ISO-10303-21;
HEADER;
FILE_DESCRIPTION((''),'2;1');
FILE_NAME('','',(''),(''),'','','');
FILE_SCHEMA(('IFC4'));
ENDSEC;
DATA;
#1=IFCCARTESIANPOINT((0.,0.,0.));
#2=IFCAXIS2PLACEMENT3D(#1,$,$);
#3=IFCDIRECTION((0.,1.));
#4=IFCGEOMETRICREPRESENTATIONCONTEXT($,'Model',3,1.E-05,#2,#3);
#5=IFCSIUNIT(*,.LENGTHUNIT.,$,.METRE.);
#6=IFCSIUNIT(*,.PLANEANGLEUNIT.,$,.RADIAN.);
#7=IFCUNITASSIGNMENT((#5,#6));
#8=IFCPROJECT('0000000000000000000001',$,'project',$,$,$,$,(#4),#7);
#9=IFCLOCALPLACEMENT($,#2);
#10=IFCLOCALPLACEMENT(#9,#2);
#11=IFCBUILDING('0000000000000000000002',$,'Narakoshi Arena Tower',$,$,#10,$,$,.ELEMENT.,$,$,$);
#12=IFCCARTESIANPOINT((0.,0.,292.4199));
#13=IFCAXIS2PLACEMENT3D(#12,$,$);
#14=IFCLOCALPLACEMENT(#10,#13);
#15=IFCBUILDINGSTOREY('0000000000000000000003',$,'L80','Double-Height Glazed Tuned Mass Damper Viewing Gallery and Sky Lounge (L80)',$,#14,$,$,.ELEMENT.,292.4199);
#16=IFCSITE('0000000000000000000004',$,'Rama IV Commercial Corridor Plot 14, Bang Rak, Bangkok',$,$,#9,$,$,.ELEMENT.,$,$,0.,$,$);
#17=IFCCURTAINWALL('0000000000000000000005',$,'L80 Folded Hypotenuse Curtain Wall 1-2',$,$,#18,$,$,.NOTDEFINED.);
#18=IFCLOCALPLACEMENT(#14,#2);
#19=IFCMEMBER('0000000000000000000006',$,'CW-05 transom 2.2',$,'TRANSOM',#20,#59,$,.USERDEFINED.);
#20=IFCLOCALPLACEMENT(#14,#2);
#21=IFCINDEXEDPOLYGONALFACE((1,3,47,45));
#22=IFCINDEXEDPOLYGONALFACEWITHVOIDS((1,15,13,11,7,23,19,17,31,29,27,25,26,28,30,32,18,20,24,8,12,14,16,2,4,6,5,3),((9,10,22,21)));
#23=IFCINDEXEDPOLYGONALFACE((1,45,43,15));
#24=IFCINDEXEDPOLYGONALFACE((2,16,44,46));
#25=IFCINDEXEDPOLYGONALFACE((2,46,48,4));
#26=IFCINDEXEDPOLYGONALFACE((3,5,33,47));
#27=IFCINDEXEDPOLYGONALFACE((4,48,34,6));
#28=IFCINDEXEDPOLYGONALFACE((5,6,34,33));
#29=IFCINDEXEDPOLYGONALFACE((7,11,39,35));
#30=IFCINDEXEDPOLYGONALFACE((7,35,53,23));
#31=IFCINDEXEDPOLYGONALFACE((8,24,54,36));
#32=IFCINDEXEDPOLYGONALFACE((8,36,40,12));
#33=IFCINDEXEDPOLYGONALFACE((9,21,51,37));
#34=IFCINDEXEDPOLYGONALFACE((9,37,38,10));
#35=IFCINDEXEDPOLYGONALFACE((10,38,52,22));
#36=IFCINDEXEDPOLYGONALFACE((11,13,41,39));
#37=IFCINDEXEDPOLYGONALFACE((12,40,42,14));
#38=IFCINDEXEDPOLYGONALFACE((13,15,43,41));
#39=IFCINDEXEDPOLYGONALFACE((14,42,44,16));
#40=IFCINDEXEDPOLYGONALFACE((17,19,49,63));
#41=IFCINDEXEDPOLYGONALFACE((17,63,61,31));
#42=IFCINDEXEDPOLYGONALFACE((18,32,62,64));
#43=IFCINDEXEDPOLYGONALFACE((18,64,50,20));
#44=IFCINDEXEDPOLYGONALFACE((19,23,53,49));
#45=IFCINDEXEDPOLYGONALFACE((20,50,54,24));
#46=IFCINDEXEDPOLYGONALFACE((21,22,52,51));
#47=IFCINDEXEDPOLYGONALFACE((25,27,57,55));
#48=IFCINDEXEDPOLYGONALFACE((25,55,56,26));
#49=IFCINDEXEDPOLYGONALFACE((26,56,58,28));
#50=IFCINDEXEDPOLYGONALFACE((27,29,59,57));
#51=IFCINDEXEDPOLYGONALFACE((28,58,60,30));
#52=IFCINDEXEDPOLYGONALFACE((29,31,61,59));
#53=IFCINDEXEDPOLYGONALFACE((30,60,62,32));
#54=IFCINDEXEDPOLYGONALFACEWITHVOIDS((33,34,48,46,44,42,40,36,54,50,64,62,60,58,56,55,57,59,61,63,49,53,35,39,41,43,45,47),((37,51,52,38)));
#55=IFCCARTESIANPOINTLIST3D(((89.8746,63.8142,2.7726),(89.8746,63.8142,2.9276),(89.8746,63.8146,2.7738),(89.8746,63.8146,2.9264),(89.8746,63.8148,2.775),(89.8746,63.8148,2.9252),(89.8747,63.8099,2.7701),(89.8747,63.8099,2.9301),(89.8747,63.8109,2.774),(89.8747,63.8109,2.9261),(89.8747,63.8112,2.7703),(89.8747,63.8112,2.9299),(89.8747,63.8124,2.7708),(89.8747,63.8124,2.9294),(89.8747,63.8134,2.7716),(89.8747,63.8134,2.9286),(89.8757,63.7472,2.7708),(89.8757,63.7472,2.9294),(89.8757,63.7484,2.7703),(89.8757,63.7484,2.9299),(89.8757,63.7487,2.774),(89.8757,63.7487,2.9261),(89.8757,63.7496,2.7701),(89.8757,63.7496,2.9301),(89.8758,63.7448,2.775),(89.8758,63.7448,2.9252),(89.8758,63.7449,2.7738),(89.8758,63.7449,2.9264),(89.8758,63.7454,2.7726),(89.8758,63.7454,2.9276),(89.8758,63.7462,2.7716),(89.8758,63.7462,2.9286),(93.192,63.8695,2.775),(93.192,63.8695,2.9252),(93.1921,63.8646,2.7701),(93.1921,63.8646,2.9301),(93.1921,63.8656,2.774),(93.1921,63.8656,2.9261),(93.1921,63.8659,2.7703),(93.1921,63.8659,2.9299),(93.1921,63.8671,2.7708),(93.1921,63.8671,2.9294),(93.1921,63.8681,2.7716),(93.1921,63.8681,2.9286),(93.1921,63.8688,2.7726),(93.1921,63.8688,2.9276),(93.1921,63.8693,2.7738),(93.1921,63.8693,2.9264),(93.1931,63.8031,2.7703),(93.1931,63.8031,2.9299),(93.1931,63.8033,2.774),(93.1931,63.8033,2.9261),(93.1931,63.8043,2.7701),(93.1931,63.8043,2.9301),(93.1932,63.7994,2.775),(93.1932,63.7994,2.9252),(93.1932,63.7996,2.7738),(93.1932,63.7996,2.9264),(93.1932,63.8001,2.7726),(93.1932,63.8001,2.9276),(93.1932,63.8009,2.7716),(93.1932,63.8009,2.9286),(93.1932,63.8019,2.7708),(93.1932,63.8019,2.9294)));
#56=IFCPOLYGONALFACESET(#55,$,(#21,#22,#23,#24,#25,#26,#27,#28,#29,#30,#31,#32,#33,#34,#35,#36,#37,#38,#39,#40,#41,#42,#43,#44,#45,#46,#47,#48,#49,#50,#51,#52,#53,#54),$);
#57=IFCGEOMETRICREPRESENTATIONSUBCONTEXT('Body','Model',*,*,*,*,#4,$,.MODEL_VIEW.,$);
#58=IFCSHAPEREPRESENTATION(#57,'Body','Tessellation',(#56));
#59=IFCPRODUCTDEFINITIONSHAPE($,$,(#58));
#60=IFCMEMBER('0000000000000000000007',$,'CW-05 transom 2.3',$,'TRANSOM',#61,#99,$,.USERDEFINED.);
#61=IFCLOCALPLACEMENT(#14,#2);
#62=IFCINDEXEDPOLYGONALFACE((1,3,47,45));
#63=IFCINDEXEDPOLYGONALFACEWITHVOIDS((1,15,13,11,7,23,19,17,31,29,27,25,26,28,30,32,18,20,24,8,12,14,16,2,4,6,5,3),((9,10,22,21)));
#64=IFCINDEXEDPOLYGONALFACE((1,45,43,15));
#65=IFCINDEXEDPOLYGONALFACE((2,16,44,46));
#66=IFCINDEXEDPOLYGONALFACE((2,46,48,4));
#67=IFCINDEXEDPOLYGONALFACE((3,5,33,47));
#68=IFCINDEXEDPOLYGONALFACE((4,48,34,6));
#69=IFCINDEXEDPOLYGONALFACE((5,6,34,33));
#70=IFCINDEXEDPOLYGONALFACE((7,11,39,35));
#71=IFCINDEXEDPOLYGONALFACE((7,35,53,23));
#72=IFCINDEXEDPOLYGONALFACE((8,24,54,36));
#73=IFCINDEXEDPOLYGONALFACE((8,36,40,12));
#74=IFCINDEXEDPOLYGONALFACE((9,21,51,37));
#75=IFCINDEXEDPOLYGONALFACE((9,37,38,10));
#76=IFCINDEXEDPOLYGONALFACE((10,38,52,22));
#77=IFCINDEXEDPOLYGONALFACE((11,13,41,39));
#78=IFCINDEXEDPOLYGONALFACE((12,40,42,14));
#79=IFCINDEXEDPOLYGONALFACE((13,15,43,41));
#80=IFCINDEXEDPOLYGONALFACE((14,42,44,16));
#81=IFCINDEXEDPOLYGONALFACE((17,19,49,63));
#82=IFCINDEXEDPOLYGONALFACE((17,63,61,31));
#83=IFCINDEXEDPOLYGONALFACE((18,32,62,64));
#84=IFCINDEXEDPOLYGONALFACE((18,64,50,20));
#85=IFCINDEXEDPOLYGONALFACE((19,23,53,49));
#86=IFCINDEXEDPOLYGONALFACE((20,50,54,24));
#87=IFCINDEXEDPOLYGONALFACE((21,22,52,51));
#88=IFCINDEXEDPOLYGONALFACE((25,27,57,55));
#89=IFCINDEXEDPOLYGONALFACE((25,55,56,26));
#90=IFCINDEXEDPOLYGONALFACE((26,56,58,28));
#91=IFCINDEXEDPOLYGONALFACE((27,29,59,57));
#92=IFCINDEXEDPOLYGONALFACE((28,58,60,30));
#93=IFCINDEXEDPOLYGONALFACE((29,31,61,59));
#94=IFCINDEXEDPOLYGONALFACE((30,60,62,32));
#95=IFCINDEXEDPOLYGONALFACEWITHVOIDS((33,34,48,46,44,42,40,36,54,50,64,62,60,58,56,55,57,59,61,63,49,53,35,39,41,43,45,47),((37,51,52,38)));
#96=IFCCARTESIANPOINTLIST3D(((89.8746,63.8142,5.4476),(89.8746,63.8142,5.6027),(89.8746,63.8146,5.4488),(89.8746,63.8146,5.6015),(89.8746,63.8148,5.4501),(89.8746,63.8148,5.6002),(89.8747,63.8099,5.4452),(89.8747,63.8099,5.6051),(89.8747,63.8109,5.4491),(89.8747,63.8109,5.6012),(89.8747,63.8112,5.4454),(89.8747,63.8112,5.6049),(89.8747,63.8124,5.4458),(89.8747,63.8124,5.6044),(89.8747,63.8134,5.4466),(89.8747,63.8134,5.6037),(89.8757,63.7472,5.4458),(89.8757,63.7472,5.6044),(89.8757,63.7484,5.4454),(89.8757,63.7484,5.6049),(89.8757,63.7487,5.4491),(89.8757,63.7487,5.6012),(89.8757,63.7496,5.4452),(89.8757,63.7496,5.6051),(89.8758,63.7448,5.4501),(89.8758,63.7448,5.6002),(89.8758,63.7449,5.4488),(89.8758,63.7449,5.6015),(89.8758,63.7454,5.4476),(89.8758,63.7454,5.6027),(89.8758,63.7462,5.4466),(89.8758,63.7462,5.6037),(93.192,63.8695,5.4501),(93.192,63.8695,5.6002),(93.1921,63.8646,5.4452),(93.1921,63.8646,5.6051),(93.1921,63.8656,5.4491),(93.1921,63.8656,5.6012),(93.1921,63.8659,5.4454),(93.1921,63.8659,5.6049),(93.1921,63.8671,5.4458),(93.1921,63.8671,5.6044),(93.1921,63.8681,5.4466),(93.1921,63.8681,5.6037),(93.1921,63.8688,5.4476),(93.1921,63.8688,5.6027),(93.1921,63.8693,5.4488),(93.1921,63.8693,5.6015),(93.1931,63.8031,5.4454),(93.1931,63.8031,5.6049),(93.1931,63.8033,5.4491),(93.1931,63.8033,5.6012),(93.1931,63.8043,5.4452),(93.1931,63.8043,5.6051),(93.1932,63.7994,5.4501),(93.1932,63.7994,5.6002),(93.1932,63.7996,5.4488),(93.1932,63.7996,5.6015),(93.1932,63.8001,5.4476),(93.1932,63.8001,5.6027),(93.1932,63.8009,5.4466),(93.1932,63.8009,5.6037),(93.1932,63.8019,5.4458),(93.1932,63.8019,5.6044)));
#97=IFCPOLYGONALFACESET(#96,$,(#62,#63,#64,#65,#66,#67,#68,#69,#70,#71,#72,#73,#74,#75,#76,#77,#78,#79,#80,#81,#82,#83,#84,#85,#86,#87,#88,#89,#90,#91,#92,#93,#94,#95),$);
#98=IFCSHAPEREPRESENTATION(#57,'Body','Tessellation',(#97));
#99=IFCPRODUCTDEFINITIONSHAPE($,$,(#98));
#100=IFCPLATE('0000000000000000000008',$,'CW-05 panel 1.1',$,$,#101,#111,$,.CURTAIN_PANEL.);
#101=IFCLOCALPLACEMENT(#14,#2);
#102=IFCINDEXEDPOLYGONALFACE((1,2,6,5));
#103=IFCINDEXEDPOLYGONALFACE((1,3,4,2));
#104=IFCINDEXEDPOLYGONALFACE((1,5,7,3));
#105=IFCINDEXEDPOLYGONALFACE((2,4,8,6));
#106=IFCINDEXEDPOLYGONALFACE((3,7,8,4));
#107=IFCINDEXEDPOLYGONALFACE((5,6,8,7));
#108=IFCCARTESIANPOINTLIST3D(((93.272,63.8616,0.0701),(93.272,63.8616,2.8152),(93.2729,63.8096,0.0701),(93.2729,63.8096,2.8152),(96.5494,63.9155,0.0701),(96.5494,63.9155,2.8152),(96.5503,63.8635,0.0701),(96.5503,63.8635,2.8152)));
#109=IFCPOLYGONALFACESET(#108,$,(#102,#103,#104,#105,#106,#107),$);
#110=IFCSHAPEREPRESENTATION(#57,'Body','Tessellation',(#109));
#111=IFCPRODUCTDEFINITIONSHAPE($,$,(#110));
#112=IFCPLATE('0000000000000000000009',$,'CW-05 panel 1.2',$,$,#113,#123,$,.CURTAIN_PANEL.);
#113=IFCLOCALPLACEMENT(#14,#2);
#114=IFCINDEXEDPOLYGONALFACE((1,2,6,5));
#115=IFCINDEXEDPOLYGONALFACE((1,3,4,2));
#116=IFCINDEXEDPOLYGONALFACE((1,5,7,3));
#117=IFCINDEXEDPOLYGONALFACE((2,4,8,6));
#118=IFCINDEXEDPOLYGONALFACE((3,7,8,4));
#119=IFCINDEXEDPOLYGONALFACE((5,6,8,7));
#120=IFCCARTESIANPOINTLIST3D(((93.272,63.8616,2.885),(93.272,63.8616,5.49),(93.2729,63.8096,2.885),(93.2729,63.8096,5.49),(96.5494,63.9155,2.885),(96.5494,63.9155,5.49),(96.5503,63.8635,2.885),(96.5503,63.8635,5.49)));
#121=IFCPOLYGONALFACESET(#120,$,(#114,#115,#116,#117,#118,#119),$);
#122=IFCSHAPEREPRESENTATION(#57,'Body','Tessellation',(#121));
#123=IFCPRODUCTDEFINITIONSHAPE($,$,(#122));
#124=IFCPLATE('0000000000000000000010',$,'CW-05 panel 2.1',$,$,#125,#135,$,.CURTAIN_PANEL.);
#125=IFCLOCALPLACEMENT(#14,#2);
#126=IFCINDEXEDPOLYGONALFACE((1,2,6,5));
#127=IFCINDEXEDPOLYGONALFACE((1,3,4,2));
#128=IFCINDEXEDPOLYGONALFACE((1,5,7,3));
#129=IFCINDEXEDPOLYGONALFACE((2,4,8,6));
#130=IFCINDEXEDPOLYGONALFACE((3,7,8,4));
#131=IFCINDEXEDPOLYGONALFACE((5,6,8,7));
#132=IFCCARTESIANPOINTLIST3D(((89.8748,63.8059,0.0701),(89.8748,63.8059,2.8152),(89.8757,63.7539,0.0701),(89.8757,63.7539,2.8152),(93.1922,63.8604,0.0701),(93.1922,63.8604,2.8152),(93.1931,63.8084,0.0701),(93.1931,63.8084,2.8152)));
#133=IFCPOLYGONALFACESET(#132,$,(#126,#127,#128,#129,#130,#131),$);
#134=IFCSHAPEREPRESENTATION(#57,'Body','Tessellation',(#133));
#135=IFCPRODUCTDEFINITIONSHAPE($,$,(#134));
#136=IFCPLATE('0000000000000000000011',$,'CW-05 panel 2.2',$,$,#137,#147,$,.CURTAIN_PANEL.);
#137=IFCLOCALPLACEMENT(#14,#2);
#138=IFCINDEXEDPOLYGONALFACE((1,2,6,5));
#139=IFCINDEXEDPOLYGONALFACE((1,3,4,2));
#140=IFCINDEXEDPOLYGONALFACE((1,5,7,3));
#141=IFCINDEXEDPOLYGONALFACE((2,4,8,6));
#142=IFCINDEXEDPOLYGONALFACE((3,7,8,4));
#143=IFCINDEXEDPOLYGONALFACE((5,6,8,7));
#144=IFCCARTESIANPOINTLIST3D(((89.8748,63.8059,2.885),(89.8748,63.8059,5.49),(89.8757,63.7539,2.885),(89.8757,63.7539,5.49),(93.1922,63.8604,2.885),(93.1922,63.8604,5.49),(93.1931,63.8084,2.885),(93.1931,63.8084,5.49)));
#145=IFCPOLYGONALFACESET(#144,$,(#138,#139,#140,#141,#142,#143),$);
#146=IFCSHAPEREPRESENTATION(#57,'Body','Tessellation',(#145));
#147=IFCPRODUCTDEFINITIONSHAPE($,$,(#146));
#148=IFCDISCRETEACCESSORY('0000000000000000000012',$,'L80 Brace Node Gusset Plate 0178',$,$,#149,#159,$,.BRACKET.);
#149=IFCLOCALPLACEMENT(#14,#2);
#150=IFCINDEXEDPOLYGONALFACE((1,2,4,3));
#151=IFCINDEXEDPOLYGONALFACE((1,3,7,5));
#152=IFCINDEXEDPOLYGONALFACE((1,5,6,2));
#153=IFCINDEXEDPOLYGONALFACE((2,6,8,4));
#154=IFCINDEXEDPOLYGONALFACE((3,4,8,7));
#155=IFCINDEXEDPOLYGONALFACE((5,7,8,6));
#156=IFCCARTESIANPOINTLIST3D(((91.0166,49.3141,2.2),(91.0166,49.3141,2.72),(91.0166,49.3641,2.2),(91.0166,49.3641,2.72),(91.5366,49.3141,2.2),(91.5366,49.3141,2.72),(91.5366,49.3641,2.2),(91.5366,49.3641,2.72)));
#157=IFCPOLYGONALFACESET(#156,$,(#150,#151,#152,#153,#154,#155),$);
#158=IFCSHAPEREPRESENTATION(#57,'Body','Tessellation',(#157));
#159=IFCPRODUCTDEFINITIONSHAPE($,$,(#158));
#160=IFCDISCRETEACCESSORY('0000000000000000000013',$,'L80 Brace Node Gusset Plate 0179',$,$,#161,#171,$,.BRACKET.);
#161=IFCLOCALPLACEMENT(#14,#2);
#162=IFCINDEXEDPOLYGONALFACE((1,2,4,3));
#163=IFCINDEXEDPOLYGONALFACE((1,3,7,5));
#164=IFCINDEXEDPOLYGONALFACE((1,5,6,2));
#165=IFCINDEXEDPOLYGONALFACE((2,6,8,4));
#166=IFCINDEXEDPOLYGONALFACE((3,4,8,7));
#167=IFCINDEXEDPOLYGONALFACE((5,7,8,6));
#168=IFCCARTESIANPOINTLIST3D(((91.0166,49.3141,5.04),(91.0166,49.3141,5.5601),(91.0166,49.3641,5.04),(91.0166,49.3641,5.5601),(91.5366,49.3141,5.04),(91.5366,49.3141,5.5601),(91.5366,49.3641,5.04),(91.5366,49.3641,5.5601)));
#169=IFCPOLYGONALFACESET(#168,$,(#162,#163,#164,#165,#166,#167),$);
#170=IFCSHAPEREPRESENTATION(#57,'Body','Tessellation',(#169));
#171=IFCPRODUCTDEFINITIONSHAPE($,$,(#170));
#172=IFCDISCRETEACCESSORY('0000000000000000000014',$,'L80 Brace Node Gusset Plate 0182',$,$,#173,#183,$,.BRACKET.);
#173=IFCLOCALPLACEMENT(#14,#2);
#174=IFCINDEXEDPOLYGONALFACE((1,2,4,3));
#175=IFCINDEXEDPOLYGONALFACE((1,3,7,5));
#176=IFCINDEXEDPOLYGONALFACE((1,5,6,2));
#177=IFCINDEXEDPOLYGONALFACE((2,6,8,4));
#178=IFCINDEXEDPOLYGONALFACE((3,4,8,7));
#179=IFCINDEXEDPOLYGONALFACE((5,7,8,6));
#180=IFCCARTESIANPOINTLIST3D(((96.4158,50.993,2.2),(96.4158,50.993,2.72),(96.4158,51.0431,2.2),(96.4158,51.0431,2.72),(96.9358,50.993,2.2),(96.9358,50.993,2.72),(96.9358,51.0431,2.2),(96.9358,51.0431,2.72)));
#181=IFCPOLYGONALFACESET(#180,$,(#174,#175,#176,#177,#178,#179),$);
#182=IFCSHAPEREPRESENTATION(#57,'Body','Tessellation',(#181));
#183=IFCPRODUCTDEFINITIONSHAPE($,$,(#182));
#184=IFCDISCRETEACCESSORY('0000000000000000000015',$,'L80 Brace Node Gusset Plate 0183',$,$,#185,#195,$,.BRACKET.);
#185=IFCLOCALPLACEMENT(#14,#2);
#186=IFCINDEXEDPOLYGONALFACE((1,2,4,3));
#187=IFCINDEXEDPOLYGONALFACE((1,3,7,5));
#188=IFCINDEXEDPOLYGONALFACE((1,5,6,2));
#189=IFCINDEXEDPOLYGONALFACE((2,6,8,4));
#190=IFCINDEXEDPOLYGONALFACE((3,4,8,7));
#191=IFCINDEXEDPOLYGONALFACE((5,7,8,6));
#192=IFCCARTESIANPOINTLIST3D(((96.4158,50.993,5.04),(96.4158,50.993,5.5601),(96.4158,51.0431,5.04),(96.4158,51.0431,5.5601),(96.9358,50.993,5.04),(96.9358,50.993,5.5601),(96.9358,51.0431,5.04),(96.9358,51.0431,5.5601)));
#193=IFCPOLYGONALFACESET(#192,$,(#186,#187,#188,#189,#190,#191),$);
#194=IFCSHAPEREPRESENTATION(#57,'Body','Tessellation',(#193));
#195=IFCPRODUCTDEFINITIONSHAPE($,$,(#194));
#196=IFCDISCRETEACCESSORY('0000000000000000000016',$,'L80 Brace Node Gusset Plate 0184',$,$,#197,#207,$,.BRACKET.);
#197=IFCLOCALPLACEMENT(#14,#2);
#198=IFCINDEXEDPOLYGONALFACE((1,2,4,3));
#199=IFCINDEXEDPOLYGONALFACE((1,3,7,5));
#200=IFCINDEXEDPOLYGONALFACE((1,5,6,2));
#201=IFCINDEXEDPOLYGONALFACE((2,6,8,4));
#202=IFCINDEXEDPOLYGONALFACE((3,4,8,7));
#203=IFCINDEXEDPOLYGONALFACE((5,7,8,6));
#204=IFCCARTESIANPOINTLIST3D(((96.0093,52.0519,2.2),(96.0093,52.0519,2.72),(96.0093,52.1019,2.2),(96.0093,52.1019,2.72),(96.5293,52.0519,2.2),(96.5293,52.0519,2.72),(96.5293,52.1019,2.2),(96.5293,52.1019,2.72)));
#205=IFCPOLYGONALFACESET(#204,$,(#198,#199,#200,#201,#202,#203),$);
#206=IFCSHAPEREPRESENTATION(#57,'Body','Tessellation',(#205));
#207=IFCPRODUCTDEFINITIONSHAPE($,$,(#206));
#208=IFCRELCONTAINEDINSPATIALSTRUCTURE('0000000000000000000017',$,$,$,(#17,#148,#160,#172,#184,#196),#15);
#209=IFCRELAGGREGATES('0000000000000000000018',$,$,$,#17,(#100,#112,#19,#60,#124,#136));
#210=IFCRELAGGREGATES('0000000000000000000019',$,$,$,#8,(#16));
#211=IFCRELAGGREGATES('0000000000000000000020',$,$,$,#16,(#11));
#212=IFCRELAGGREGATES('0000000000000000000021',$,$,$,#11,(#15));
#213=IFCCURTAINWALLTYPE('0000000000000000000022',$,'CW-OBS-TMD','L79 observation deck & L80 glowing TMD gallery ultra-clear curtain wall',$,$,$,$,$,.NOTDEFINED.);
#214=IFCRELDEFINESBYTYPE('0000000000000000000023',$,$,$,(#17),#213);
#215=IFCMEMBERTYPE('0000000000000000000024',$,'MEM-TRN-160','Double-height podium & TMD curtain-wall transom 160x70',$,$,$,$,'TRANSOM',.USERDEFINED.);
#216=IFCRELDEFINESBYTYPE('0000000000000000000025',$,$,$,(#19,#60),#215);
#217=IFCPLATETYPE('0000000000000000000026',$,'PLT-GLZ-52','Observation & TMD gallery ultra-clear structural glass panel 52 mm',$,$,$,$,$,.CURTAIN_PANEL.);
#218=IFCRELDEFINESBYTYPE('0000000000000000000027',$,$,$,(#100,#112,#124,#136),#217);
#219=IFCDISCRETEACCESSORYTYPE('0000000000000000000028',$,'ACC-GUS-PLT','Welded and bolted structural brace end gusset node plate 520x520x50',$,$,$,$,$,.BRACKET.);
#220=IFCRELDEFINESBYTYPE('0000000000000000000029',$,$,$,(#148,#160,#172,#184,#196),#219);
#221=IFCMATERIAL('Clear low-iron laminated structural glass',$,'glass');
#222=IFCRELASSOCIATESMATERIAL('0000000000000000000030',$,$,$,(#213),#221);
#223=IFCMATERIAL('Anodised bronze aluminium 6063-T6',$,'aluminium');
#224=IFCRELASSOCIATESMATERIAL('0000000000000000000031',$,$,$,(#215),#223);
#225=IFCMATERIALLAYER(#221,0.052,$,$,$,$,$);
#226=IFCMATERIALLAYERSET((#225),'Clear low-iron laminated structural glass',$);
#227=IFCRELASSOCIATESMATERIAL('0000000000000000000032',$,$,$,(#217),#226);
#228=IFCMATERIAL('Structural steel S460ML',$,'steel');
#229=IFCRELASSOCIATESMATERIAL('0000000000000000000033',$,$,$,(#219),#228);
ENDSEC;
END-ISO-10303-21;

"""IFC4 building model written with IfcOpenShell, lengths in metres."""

from ifc_helpers import new_model, si_unit, direction, frame, origin, origin_2d, place, context, subcontext, project, spatial, rectangle, hollow_rectangle, extrude, material, layer, layer_set, material_profile, profile_set, type_object, element, aggregate, save


model = new_model("IFC4")

# Units and contexts
model_context = context("Model", 3, precision=1e-05, world=origin(), true_north=direction((0.0, 1.0)))
body_context = subcontext(model_context, "Body", "Model", "MODEL_VIEW")
ifc_project = project(units=[si_unit("LENGTHUNIT", "METRE"), si_unit("PLANEANGLEUNIT", "RADIAN")], contexts=[model_context])

# Site, building, storey
site_placement = place(None, origin())
site = spatial("IfcSite", under=ifc_project, at=site_placement, Name="Rama IV Commercial Corridor Plot 14, Bang Rak, Bangkok", CompositionType="ELEMENT", RefElevation=0.0)
building_placement = place(site_placement, origin())
building = spatial("IfcBuilding", under=site, at=building_placement, Name="Narakoshi Arena Tower", CompositionType="ELEMENT")
storey_placement = place(building_placement, frame((0.0, 0.0, 292.4199)))
storey = spatial("IfcBuildingStorey", under=building, at=storey_placement, Name="L80", Description="Double-Height Glazed Tuned Mass Damper Viewing Gallery and Sky Lounge (L80)", CompositionType="ELEMENT", Elevation=292.4199)

# Shared definitions
ifc_material_1 = material(Name="Structural steel S460ML", Category="steel")

# Shared definitions
ifc_material_2 = material(Name="Clear low-iron laminated structural glass", Category="glass")
curtain_wall_type = type_object("IfcCurtainWallType", Name="CW-OBS-TMD", Description="L79 observation deck & L80 glowing TMD gallery ultra-clear curtain wall", PredefinedType="NOTDEFINED", material=ifc_material_2)
ifc_material_3 = material(Name="Anodised bronze aluminium 6063-T6", Category="aluminium")

# Curtain wall
curtain_wall_1_placement = place(storey_placement, origin())
curtain_wall_1 = element("IfcCurtainWall", 1, at=curtain_wall_1_placement, inside=storey, type_object=curtain_wall_type, Name="L80 Folded Hypotenuse Curtain Wall 1-2", PredefinedType="NOTDEFINED")

# Members
ifc_material_profile_1 = material_profile(ifc_material_3, hollow_rectangle(XDim=0.0701, YDim=0.1599, WallThickness=0.0039, OuterFilletRadius=0.0049, at=origin_2d()), Name="TRN160x70x4")
ifc_profile_set_1 = profile_set([ifc_material_profile_1], Name="Anodised bronze aluminium 6063-T6")
member_type_1 = type_object("IfcMemberType", Name="MEM-TRN-160", Description="Double-height podium & TMD curtain-wall transom 160x70", ElementType="TRANSOM", PredefinedType="USERDEFINED", material=ifc_profile_set_1)
member_1_placement = place(storey_placement, frame((93.1926, 63.8345, 2.8501), z_axis=(-0.999864, -0.016483, 0.0), x_axis=(0.016483, -0.999864, 0.0)))
member_1 = element("IfcMember", 2, at=member_1_placement, type_object=member_type_1, Name="CW-05 transom 2.2", ObjectType="TRANSOM", PredefinedType="USERDEFINED", context=body_context, shape_type="SweptSolid", body=[
    extrude(hollow_rectangle(XDim=0.0701, YDim=0.1599, WallThickness=0.0039, OuterFilletRadius=0.0049, at=origin_2d()), origin(), (0.0, 0.0, 1.0), 3.3179),
])
member_2_placement = place(storey_placement, frame((93.1926, 63.8345, 5.5251), z_axis=(-0.999864, -0.016483, 0.0), x_axis=(0.016483, -0.999864, 0.0)))
member_2 = element("IfcMember", 3, at=member_2_placement, type_object=member_type_1, Name="CW-05 transom 2.3", ObjectType="TRANSOM", PredefinedType="USERDEFINED", context=body_context, shape_type="SweptSolid", body=[
    extrude(hollow_rectangle(XDim=0.0701, YDim=0.1599, WallThickness=0.0039, OuterFilletRadius=0.0049, at=origin_2d()), origin(), (0.0, 0.0, 1.0), 3.3179),
])

# Plates
ifc_layer = layer(ifc_material_2, 0.052)
ifc_layer_set = layer_set([ifc_layer], Name="Clear low-iron laminated structural glass")
plate_type = type_object("IfcPlateType", Name="PLT-GLZ-52", Description="Observation & TMD gallery ultra-clear structural glass panel 52 mm", PredefinedType="CURTAIN_PANEL", material=ifc_layer_set)
plate_1_placement = place(storey_placement, frame((94.9111, 63.8625, 0.0701), z_axis=(0.0, 0.0, 1.0), x_axis=(-0.999865, -0.016437, 0.0)))
plate_1 = element("IfcPlate", 4, at=plate_1_placement, type_object=plate_type, Name="CW-05 panel 1.1", PredefinedType="CURTAIN_PANEL", context=body_context, shape_type="SweptSolid", body=[
    extrude(rectangle(XDim=3.2778, YDim=0.052, at=origin_2d()), origin(), (0.0, 0.0, 1.0), 2.7451),
])
plate_2_placement = place(storey_placement, frame((94.9111, 63.8625, 2.885), z_axis=(0.0, 0.0, 1.0), x_axis=(-0.999865, -0.016437, 0.0)))
plate_2 = element("IfcPlate", 5, at=plate_2_placement, type_object=plate_type, Name="CW-05 panel 1.2", PredefinedType="CURTAIN_PANEL", context=body_context, shape_type="SweptSolid", body=[
    extrude(rectangle(XDim=3.2778, YDim=0.052, at=origin_2d()), origin(), (0.0, 0.0, 1.0), 2.605),
])
plate_3_placement = place(storey_placement, frame((91.5339, 63.8071, 0.0701), z_axis=(0.0, 0.0, 1.0), x_axis=(-0.999865, -0.016437, 0.0)))
plate_3 = element("IfcPlate", 6, at=plate_3_placement, type_object=plate_type, Name="CW-05 panel 2.1", PredefinedType="CURTAIN_PANEL", context=body_context, shape_type="SweptSolid", body=[
    extrude(rectangle(XDim=3.3179, YDim=0.052, at=origin_2d()), origin(), (0.0, 0.0, 1.0), 2.7451),
])
plate_4_placement = place(storey_placement, frame((91.5339, 63.8071, 2.885), z_axis=(0.0, 0.0, 1.0), x_axis=(-0.999865, -0.016437, 0.0)))
plate_4 = element("IfcPlate", 7, at=plate_4_placement, type_object=plate_type, Name="CW-05 panel 2.2", PredefinedType="CURTAIN_PANEL", context=body_context, shape_type="SweptSolid", body=[
    extrude(rectangle(XDim=3.3179, YDim=0.052, at=origin_2d()), origin(), (0.0, 0.0, 1.0), 2.605),
])
aggregate(curtain_wall_1, [plate_1, plate_2, member_1, member_2, plate_3, plate_4])

# Discrete accessories
discrete_accessory_type_1 = type_object("IfcDiscreteAccessoryType", Name="ACC-GUS-PLT", Description="Welded and bolted structural brace end gusset node plate 520x520x50", PredefinedType="BRACKET", material=ifc_material_1)
for number, where, z_axis, x_axis, name in (
    (8, (91.2766, 49.3391, 2.2), (0.0, 0.0, 1.0), (1.0, 0.0, 0.0), "L80 Brace Node Gusset Plate 0178"),
    (9, (91.2766, 49.3391, 5.04), (0.0, 0.0, 1.0), (1.0, 0.0, 0.0), "L80 Brace Node Gusset Plate 0179"),
    (10, (96.6758, 51.0181, 2.2), (0.0, 0.0, 1.0), (1.0, 0.0, 0.0), "L80 Brace Node Gusset Plate 0182"),
    (11, (96.6758, 51.0181, 5.04), (0.0, 0.0, 1.0), (1.0, 0.0, 0.0), "L80 Brace Node Gusset Plate 0183"),
    (12, (96.2693, 52.0769, 2.2), (0.0, 0.0, 1.0), (1.0, 0.0, 0.0), "L80 Brace Node Gusset Plate 0184"),
):
    element("IfcDiscreteAccessory", number, at=place(storey_placement, frame(where, z_axis=z_axis, x_axis=x_axis)), inside=storey, type_object=discrete_accessory_type_1, Name=name, PredefinedType="BRACKET", context=body_context, shape_type="SweptSolid", body=[
        extrude(rectangle(XDim=0.52, YDim=0.05, at=origin_2d()), origin(), (0.0, 0.0, 1.0), 0.52),
    ])

save(model, "model.ifc")
